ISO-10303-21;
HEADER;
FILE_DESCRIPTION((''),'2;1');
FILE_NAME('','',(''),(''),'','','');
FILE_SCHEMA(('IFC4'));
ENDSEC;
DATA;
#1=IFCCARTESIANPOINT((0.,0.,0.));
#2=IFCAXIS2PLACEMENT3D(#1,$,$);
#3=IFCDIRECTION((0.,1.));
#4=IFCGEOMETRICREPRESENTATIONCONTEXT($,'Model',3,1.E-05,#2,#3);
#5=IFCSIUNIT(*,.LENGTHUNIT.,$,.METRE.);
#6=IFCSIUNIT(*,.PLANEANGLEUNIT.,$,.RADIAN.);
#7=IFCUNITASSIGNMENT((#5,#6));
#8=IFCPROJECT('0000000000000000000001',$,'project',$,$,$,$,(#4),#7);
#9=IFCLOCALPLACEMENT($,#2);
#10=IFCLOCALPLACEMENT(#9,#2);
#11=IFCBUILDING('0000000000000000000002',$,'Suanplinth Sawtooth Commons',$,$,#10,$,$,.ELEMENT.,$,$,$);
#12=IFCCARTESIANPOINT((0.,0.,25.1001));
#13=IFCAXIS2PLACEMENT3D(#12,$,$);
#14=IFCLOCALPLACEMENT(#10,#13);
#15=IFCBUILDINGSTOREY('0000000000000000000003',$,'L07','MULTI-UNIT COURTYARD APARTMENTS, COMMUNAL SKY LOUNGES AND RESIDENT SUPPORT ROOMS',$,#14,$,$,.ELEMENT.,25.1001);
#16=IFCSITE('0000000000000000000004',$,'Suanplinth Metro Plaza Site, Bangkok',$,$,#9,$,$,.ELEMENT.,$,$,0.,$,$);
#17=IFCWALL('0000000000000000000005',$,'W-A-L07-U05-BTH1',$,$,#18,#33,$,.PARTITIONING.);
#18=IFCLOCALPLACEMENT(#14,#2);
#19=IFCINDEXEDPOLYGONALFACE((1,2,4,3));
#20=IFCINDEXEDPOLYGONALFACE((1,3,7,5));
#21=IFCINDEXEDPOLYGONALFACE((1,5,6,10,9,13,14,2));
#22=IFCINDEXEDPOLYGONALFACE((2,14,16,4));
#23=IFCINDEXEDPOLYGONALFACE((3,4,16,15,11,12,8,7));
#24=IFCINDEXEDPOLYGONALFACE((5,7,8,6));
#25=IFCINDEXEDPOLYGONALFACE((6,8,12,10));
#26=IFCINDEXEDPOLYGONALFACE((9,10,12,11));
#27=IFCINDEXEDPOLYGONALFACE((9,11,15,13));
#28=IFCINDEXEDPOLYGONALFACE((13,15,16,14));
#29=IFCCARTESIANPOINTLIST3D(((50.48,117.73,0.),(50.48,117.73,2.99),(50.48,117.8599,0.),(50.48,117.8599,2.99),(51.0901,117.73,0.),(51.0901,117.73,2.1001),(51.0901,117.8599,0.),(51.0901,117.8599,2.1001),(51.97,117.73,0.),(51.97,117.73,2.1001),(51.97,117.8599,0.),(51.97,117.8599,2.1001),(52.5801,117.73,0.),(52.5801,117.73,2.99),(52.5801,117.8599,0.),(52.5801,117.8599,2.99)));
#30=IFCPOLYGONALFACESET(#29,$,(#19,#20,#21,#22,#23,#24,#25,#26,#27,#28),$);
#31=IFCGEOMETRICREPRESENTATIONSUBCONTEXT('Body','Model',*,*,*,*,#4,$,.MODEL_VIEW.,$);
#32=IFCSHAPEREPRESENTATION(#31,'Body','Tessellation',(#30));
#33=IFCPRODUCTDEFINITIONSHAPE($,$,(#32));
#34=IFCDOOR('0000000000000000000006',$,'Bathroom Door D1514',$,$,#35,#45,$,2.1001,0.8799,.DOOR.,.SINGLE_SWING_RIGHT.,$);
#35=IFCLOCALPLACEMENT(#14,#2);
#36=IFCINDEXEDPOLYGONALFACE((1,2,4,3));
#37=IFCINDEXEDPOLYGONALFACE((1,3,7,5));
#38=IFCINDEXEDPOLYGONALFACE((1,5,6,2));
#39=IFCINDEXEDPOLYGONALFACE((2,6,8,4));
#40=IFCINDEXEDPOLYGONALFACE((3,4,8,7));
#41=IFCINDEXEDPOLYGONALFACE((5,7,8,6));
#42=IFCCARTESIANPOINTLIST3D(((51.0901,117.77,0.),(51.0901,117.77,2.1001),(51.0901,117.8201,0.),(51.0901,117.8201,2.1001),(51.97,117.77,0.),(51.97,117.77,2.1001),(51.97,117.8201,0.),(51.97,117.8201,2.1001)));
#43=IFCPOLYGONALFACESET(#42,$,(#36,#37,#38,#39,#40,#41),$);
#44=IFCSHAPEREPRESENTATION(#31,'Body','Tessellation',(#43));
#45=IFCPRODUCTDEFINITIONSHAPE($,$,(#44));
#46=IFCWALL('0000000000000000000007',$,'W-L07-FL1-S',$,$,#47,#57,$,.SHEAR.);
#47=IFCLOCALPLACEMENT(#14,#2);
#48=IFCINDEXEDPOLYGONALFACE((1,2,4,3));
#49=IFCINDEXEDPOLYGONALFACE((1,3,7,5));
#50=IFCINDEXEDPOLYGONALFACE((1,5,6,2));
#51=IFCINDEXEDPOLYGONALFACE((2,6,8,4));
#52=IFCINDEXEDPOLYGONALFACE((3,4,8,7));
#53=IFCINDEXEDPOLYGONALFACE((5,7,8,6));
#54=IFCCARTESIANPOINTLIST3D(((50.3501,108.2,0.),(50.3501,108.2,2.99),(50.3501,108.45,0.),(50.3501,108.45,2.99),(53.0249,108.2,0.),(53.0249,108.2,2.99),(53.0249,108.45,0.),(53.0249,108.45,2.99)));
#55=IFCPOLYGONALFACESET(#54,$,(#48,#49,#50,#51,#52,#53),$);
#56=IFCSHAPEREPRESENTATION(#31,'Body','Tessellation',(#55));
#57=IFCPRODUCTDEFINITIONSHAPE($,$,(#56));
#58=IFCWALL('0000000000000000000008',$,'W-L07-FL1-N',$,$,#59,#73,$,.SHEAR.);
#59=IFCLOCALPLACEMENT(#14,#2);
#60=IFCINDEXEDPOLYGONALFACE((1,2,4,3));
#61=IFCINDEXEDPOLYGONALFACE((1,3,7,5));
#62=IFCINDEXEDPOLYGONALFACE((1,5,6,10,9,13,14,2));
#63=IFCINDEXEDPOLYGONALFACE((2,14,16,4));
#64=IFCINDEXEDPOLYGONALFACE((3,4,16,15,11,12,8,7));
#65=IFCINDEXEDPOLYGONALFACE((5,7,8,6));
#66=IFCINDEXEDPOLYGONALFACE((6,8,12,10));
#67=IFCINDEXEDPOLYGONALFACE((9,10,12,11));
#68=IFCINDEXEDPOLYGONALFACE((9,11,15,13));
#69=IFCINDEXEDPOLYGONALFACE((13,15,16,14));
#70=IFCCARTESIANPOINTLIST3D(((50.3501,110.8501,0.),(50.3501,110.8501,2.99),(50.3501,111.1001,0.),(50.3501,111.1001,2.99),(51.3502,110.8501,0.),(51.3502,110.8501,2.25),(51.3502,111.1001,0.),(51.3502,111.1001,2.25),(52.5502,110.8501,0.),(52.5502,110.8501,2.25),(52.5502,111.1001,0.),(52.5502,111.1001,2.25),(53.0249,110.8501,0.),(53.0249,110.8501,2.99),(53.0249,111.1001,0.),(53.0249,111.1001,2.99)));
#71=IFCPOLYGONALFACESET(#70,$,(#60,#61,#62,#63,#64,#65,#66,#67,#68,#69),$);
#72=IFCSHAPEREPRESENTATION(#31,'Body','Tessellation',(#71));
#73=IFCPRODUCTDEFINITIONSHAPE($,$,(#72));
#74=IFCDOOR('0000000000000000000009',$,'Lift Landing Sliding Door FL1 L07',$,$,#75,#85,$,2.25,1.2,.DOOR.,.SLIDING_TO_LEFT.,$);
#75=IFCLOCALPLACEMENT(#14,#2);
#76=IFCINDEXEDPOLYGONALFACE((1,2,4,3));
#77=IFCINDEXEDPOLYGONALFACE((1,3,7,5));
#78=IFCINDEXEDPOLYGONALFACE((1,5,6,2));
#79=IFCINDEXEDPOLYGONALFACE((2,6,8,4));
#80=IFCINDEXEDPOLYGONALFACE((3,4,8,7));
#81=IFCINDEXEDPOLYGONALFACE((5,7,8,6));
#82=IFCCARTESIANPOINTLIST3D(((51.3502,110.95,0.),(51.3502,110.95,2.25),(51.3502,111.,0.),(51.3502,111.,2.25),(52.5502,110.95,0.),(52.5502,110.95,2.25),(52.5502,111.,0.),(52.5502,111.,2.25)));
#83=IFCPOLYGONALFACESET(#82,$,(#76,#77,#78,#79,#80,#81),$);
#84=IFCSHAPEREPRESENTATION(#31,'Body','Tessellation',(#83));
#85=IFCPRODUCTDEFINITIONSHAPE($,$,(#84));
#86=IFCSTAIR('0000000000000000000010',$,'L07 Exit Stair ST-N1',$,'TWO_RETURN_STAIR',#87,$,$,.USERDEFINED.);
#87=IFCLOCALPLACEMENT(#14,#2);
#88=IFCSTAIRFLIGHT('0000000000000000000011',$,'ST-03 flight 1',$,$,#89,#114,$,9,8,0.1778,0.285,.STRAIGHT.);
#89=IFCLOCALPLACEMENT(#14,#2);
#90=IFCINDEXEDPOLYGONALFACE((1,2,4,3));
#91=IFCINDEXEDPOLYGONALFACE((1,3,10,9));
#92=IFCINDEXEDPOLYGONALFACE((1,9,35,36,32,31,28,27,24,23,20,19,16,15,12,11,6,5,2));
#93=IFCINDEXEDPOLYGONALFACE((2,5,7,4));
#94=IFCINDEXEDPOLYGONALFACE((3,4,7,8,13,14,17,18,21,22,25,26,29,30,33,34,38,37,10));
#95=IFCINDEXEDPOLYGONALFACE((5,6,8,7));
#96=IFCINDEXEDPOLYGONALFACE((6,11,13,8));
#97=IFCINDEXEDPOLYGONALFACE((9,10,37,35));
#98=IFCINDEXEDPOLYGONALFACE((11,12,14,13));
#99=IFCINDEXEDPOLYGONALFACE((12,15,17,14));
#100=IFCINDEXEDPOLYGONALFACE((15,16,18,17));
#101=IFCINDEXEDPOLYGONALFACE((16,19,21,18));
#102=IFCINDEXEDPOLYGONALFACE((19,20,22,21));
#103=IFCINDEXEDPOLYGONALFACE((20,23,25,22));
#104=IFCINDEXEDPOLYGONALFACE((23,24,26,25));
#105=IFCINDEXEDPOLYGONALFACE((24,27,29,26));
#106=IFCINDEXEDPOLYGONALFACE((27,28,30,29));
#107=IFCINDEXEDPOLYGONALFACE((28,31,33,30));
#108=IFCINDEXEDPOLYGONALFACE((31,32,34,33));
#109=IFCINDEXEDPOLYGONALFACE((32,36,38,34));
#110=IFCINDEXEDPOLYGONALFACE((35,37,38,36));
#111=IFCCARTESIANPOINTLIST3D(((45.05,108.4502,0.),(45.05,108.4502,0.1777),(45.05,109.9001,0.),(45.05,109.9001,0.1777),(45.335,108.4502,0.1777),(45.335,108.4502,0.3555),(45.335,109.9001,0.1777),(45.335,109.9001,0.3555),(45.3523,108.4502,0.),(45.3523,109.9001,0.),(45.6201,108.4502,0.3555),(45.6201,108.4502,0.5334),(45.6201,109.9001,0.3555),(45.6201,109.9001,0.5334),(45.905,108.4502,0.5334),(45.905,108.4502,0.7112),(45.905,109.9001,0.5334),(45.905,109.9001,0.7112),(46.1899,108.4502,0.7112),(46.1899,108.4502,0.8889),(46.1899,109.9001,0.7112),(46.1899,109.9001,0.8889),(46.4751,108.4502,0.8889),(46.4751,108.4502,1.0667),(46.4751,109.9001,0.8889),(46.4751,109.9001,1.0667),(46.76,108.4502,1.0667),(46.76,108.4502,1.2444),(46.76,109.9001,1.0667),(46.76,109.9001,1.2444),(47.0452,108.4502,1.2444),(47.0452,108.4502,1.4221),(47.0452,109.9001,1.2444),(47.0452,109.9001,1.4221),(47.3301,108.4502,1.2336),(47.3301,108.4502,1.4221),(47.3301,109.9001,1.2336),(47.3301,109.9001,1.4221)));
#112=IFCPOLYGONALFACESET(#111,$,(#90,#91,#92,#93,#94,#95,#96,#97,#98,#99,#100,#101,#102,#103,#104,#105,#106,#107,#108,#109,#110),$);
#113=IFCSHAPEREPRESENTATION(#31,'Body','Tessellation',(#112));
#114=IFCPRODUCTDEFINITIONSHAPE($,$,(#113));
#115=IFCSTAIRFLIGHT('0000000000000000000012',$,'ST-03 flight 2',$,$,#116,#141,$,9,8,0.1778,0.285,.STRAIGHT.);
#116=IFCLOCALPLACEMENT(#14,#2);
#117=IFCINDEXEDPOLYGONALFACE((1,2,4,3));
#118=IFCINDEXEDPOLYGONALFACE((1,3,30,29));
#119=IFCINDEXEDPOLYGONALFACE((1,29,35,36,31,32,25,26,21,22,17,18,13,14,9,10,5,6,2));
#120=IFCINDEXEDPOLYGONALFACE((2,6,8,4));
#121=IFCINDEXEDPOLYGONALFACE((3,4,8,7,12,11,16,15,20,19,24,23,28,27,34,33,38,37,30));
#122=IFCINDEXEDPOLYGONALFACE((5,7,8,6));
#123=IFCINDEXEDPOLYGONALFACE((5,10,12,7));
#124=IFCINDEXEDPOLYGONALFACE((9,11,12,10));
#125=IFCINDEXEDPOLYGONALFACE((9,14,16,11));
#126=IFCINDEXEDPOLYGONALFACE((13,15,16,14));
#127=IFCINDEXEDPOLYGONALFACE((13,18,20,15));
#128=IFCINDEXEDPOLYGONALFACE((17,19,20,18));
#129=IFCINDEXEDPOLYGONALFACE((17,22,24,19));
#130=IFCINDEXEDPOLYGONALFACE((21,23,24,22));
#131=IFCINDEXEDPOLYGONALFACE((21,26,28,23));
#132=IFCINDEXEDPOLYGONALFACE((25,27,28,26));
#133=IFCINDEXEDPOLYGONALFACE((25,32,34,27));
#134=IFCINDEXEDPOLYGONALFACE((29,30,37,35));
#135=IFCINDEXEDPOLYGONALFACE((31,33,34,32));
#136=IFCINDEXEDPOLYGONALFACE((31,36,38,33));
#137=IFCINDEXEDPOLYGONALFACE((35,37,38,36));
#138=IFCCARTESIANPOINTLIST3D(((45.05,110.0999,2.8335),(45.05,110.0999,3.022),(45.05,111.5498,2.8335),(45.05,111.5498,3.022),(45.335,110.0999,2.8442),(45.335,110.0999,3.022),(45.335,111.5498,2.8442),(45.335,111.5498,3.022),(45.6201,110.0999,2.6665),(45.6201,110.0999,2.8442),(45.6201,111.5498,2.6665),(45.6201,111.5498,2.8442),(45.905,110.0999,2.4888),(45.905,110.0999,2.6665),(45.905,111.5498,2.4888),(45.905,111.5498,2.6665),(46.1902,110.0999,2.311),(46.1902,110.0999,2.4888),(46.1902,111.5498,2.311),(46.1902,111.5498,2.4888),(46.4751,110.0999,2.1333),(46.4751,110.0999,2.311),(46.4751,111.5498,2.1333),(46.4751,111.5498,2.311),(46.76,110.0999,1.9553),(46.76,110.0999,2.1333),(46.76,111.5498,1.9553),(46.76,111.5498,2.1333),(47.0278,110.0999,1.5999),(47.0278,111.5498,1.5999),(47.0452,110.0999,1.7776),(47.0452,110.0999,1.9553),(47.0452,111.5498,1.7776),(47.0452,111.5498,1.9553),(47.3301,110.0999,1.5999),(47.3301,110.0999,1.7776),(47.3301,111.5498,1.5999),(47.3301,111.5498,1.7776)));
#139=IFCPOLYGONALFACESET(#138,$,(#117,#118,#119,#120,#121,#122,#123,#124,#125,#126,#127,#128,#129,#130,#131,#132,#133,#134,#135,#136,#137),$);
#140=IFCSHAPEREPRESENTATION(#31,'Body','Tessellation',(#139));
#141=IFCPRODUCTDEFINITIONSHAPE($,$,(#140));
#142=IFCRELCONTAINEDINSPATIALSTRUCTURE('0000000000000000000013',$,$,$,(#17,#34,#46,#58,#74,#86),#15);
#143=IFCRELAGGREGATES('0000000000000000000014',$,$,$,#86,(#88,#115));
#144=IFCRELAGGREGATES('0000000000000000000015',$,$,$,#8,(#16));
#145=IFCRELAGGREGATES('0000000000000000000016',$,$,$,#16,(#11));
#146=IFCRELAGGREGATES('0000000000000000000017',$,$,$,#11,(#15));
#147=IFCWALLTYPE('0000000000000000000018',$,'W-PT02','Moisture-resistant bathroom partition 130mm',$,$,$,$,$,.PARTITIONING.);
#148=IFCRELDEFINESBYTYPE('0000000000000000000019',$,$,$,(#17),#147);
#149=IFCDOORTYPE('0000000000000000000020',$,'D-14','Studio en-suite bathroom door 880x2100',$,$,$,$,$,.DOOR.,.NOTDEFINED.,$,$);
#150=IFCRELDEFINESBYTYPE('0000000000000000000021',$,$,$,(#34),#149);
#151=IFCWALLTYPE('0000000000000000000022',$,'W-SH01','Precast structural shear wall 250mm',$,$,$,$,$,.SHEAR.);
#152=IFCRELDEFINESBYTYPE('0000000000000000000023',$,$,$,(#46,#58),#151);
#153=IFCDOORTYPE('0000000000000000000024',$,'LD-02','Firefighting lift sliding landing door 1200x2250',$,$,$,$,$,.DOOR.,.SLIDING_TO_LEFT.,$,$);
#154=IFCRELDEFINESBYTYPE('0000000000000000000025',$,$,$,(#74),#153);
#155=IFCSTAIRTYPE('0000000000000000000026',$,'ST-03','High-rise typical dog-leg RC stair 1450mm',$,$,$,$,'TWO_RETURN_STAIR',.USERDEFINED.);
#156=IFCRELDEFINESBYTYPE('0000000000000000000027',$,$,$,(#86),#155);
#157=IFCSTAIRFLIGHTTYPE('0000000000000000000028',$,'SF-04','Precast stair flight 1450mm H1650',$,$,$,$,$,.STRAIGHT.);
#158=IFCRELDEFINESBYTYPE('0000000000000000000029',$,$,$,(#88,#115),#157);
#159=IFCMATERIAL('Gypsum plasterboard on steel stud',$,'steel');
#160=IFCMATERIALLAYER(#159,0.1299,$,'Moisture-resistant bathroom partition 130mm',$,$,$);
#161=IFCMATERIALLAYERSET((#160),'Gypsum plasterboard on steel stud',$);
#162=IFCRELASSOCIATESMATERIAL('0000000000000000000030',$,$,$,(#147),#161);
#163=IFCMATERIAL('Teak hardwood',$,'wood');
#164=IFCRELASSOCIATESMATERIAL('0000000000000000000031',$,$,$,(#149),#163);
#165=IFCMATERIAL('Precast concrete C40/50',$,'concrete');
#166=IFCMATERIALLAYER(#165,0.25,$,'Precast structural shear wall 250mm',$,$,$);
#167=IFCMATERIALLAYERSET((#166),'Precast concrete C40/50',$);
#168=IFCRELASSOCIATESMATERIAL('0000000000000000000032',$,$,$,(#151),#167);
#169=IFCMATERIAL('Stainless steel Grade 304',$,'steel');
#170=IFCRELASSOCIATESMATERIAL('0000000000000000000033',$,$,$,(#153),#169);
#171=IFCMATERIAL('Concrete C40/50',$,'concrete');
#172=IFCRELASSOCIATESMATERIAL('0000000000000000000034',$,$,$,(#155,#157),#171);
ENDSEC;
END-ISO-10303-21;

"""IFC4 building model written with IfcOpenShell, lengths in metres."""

from ifc_helpers import new_model, si_unit, direction, frame, frame_2d, origin, place, context, subcontext, project, spatial, polyline, rectangle, outline, extrude, material, layer, layer_set, type_object, element, fill, aggregate, save


model = new_model("IFC4")

# Units and contexts
model_context = context("Model", 3, precision=1e-05, world=origin(), true_north=direction((0.0, 1.0)))
body_context = subcontext(model_context, "Body", "Model", "MODEL_VIEW")
ifc_project = project(units=[si_unit("LENGTHUNIT", "METRE"), si_unit("PLANEANGLEUNIT", "RADIAN")], contexts=[model_context])

# Site, building, storey
site_placement = place(None, origin())
site = spatial("IfcSite", under=ifc_project, at=site_placement, Name="Suanplinth Metro Plaza Site, Bangkok", CompositionType="ELEMENT", RefElevation=0.0)
building_placement = place(site_placement, origin())
building = spatial("IfcBuilding", under=site, at=building_placement, Name="Suanplinth Sawtooth Commons", CompositionType="ELEMENT")
storey_placement = place(building_placement, frame((0.0, 0.0, 25.1001)))
storey = spatial("IfcBuildingStorey", under=building, at=storey_placement, Name="L07", Description="MULTI-UNIT COURTYARD APARTMENTS, COMMUNAL SKY LOUNGES AND RESIDENT SUPPORT ROOMS", CompositionType="ELEMENT", Elevation=25.1001)

# Shared definitions
ifc_material_1 = material(Name="Precast concrete C40/50", Category="concrete")

# Shared definitions
ifc_material_2 = material(Name="Concrete C40/50", Category="concrete")

# Shared definitions
ifc_material_3 = material(Name="Gypsum plasterboard on steel stud", Category="steel")
ifc_layer_1 = layer(ifc_material_3, 0.1299, Name="Moisture-resistant bathroom partition 130mm")
ifc_layer_set_1 = layer_set([ifc_layer_1], Name="Gypsum plasterboard on steel stud")
wall_type_1 = type_object("IfcWallType", Name="W-PT02", Description="Moisture-resistant bathroom partition 130mm", PredefinedType="PARTITIONING", material=ifc_layer_set_1)

# Wall, opening, door
wall_1_placement = place(storey_placement, frame((50.48, 117.7949, 0.0), z_axis=(0.0, 0.0, 1.0), x_axis=(1.0, 0.0, 0.0)))
wall_1 = element("IfcWall", 1, at=wall_1_placement, inside=storey, type_object=wall_type_1, Name="W-A-L07-U05-BTH1", PredefinedType="PARTITIONING", context=body_context, shape_type="SweptSolid", body=[
    extrude(rectangle(XDim=2.1001, YDim=0.1299, at=frame_2d((1.05, 0.0))), origin(), (0.0, 0.0, 1.0), 2.99),
])
opening_1_placement = place(wall_1_placement, frame((0.6101, 0.0, 0.0)))
opening_1 = element("IfcOpeningElement", 2, at=opening_1_placement, cuts=wall_1, PredefinedType="OPENING", context=body_context, shape_type="SweptSolid", body=[
    extrude(rectangle(XDim=0.8799, YDim=2.1001, at=frame_2d((0.4399, 1.05))), frame((0.0, 0.0798, 0.0), z_axis=(0.0, -1.0, 0.0), x_axis=(1.0, 0.0, 0.0)), (0.0, 0.0, 1.0), 0.1597),
])
ifc_material_4 = material(Name="Teak hardwood", Category="wood")
door_type_1 = type_object("IfcDoorType", Name="D-14", Description="Studio en-suite bathroom door 880x2100", OperationType="NOTDEFINED", PredefinedType="DOOR", material=ifc_material_4)
door_1_placement = place(opening_1_placement, frame((0.8799, 0.0, 0.0), z_axis=(0.0, 0.0, 1.0), x_axis=(-1.0, 0.0, 0.0)))
door_1 = element("IfcDoor", 3, at=door_1_placement, inside=storey, type_object=door_type_1, Name="Bathroom Door D1514", OperationType="SINGLE_SWING_RIGHT", OverallHeight=2.1001, OverallWidth=0.8799, PredefinedType="DOOR", context=body_context, shape_type="SweptSolid", body=[
    extrude(rectangle(XDim=0.8799, YDim=2.1001, at=frame_2d((0.4399, 1.05))), frame((0.0, 0.0249, 0.0), z_axis=(0.0, -1.0, 0.0), x_axis=(1.0, 0.0, 0.0)), (0.0, 0.0, 1.0), 0.05),
])
fill(opening_1, door_1)

# Wall
ifc_layer_2 = layer(ifc_material_1, 0.25, Name="Precast structural shear wall 250mm")
ifc_layer_set_2 = layer_set([ifc_layer_2], Name="Precast concrete C40/50")
wall_type_2 = type_object("IfcWallType", Name="W-SH01", Description="Precast structural shear wall 250mm", PredefinedType="SHEAR", material=ifc_layer_set_2)
wall_2_placement = place(storey_placement, frame((50.3501, 108.325, 0.0), z_axis=(0.0, 0.0, 1.0), x_axis=(1.0, 0.0, 0.0)))
element("IfcWall", 4, at=wall_2_placement, inside=storey, type_object=wall_type_2, Name="W-L07-FL1-S", PredefinedType="SHEAR", context=body_context, shape_type="SweptSolid", body=[
    extrude(rectangle(XDim=2.6748, YDim=0.25, at=frame_2d((1.3374, 0.0))), origin(), (0.0, 0.0, 1.0), 2.99),
])

# Wall, opening, door
wall_3_placement = place(storey_placement, frame((50.3501, 110.9751, 0.0), z_axis=(0.0, 0.0, 1.0), x_axis=(1.0, 0.0, 0.0)))
wall_3 = element("IfcWall", 5, at=wall_3_placement, inside=storey, type_object=wall_type_2, Name="W-L07-FL1-N", PredefinedType="SHEAR", context=body_context, shape_type="SweptSolid", body=[
    extrude(rectangle(XDim=2.6748, YDim=0.25, at=frame_2d((1.3374, 0.0))), origin(), (0.0, 0.0, 1.0), 2.99),
])
opening_2_placement = place(wall_3_placement, frame((1.0, 0.0, 0.0)))
opening_2 = element("IfcOpeningElement", 6, at=opening_2_placement, cuts=wall_3, PredefinedType="OPENING", context=body_context, shape_type="SweptSolid", body=[
    extrude(rectangle(XDim=1.2, YDim=2.25, at=frame_2d((0.6001, 1.125))), frame((0.0, 0.1399, 0.0), z_axis=(0.0, -1.0, 0.0), x_axis=(1.0, 0.0, 0.0)), (0.0, 0.0, 1.0), 0.2798),
])
ifc_material_5 = material(Name="Stainless steel Grade 304", Category="steel")
door_type_2 = type_object("IfcDoorType", Name="LD-02", Description="Firefighting lift sliding landing door 1200x2250", OperationType="SLIDING_TO_LEFT", PredefinedType="DOOR", material=ifc_material_5)
door_2_placement = place(opening_2_placement, origin())
door_2 = element("IfcDoor", 7, at=door_2_placement, inside=storey, type_object=door_type_2, Name="Lift Landing Sliding Door FL1 L07", OperationType="SLIDING_TO_LEFT", OverallHeight=2.25, OverallWidth=1.2, PredefinedType="DOOR", context=body_context, shape_type="SweptSolid", body=[
    extrude(rectangle(XDim=1.2, YDim=2.25, at=frame_2d((0.6001, 1.125))), frame((0.0, 0.0249, 0.0), z_axis=(0.0, -1.0, 0.0), x_axis=(1.0, 0.0, 0.0)), (0.0, 0.0, 1.0), 0.05),
])
fill(opening_2, door_2)

# Stair, stair flights
stair_type = type_object("IfcStairType", Name="ST-03", Description="High-rise typical dog-leg RC stair 1450mm", ElementType="TWO_RETURN_STAIR", PredefinedType="USERDEFINED", material=ifc_material_2)
stair_placement = place(storey_placement, origin())
stair = element("IfcStair", 8, at=stair_placement, inside=storey, type_object=stair_type, Name="L07 Exit Stair ST-N1", ObjectType="TWO_RETURN_STAIR", PredefinedType="USERDEFINED")
stair_flight_type = type_object("IfcStairFlightType", Name="SF-04", Description="Precast stair flight 1450mm H1650", PredefinedType="STRAIGHT", material=ifc_material_2)
stair_flight_1_placement = place(storey_placement, frame((45.05, 109.175, 0.0), z_axis=(0.0, 0.0, 1.0), x_axis=(1.0, 0.0, 0.0)))
stair_flight_1 = element("IfcStairFlight", 9, at=stair_flight_1_placement, type_object=stair_flight_type, Name="ST-03 flight 1", NumberOfRisers=9, NumberOfTreads=8, PredefinedType="STRAIGHT", RiserHeight=0.1778, TreadLength=0.285, context=body_context, shape_type="SweptSolid", body=[
    extrude(outline(polyline([(0.0, 0.0), (0.0, 0.1777), (0.2849, 0.1777), (0.2849, 0.3555), (0.5701, 0.3555), (0.5701, 0.5334), (0.855, 0.5334), (0.855, 0.7112), (1.1399, 0.7112), (1.1399, 0.8889), (1.425, 0.8889), (1.425, 1.0667), (1.71, 1.0667), (1.71, 1.2444), (1.9951, 1.2444), (1.9951, 1.4221), (2.28, 1.4221), (2.28, 1.6001), (2.28, 1.2336), (0.3022, 0.0), (0.0, 0.0)])), frame((0.0, 0.7251, 0.0), z_axis=(0.0, -1.0, 0.0), x_axis=(1.0, 0.0, 0.0)), (0.0, 0.0, 1.0), 1.45),
])
stair_flight_2_placement = place(storey_placement, frame((47.3301, 110.825, 1.5999), z_axis=(0.0, 0.0, 1.0), x_axis=(-1.0, 0.0, 0.0)))
stair_flight_2 = element("IfcStairFlight", 10, at=stair_flight_2_placement, type_object=stair_flight_type, Name="ST-03 flight 2", NumberOfRisers=9, NumberOfTreads=8, PredefinedType="STRAIGHT", RiserHeight=0.1778, TreadLength=0.285, context=body_context, shape_type="SweptSolid", body=[
    extrude(outline(polyline([(0.0, 0.0), (0.0, 0.1777), (0.2849, 0.1777), (0.2849, 0.3555), (0.5701, 0.3555), (0.5701, 0.5334), (0.855, 0.5334), (0.855, 0.7112), (1.1399, 0.7112), (1.1399, 0.8889), (1.425, 0.8889), (1.425, 1.0667), (1.71, 1.0667), (1.71, 1.2444), (1.9951, 1.2444), (1.9951, 1.4221), (2.28, 1.4221), (2.28, 1.6001), (2.28, 1.2336), (0.3022, 0.0), (0.0, 0.0)])), frame((0.0, 0.7251, 0.0), z_axis=(0.0, -1.0, 0.0), x_axis=(1.0, 0.0, 0.0)), (0.0, 0.0, 1.0), 1.45),
])
aggregate(stair, [stair_flight_1, stair_flight_2])

save(model, "model.ifc")
